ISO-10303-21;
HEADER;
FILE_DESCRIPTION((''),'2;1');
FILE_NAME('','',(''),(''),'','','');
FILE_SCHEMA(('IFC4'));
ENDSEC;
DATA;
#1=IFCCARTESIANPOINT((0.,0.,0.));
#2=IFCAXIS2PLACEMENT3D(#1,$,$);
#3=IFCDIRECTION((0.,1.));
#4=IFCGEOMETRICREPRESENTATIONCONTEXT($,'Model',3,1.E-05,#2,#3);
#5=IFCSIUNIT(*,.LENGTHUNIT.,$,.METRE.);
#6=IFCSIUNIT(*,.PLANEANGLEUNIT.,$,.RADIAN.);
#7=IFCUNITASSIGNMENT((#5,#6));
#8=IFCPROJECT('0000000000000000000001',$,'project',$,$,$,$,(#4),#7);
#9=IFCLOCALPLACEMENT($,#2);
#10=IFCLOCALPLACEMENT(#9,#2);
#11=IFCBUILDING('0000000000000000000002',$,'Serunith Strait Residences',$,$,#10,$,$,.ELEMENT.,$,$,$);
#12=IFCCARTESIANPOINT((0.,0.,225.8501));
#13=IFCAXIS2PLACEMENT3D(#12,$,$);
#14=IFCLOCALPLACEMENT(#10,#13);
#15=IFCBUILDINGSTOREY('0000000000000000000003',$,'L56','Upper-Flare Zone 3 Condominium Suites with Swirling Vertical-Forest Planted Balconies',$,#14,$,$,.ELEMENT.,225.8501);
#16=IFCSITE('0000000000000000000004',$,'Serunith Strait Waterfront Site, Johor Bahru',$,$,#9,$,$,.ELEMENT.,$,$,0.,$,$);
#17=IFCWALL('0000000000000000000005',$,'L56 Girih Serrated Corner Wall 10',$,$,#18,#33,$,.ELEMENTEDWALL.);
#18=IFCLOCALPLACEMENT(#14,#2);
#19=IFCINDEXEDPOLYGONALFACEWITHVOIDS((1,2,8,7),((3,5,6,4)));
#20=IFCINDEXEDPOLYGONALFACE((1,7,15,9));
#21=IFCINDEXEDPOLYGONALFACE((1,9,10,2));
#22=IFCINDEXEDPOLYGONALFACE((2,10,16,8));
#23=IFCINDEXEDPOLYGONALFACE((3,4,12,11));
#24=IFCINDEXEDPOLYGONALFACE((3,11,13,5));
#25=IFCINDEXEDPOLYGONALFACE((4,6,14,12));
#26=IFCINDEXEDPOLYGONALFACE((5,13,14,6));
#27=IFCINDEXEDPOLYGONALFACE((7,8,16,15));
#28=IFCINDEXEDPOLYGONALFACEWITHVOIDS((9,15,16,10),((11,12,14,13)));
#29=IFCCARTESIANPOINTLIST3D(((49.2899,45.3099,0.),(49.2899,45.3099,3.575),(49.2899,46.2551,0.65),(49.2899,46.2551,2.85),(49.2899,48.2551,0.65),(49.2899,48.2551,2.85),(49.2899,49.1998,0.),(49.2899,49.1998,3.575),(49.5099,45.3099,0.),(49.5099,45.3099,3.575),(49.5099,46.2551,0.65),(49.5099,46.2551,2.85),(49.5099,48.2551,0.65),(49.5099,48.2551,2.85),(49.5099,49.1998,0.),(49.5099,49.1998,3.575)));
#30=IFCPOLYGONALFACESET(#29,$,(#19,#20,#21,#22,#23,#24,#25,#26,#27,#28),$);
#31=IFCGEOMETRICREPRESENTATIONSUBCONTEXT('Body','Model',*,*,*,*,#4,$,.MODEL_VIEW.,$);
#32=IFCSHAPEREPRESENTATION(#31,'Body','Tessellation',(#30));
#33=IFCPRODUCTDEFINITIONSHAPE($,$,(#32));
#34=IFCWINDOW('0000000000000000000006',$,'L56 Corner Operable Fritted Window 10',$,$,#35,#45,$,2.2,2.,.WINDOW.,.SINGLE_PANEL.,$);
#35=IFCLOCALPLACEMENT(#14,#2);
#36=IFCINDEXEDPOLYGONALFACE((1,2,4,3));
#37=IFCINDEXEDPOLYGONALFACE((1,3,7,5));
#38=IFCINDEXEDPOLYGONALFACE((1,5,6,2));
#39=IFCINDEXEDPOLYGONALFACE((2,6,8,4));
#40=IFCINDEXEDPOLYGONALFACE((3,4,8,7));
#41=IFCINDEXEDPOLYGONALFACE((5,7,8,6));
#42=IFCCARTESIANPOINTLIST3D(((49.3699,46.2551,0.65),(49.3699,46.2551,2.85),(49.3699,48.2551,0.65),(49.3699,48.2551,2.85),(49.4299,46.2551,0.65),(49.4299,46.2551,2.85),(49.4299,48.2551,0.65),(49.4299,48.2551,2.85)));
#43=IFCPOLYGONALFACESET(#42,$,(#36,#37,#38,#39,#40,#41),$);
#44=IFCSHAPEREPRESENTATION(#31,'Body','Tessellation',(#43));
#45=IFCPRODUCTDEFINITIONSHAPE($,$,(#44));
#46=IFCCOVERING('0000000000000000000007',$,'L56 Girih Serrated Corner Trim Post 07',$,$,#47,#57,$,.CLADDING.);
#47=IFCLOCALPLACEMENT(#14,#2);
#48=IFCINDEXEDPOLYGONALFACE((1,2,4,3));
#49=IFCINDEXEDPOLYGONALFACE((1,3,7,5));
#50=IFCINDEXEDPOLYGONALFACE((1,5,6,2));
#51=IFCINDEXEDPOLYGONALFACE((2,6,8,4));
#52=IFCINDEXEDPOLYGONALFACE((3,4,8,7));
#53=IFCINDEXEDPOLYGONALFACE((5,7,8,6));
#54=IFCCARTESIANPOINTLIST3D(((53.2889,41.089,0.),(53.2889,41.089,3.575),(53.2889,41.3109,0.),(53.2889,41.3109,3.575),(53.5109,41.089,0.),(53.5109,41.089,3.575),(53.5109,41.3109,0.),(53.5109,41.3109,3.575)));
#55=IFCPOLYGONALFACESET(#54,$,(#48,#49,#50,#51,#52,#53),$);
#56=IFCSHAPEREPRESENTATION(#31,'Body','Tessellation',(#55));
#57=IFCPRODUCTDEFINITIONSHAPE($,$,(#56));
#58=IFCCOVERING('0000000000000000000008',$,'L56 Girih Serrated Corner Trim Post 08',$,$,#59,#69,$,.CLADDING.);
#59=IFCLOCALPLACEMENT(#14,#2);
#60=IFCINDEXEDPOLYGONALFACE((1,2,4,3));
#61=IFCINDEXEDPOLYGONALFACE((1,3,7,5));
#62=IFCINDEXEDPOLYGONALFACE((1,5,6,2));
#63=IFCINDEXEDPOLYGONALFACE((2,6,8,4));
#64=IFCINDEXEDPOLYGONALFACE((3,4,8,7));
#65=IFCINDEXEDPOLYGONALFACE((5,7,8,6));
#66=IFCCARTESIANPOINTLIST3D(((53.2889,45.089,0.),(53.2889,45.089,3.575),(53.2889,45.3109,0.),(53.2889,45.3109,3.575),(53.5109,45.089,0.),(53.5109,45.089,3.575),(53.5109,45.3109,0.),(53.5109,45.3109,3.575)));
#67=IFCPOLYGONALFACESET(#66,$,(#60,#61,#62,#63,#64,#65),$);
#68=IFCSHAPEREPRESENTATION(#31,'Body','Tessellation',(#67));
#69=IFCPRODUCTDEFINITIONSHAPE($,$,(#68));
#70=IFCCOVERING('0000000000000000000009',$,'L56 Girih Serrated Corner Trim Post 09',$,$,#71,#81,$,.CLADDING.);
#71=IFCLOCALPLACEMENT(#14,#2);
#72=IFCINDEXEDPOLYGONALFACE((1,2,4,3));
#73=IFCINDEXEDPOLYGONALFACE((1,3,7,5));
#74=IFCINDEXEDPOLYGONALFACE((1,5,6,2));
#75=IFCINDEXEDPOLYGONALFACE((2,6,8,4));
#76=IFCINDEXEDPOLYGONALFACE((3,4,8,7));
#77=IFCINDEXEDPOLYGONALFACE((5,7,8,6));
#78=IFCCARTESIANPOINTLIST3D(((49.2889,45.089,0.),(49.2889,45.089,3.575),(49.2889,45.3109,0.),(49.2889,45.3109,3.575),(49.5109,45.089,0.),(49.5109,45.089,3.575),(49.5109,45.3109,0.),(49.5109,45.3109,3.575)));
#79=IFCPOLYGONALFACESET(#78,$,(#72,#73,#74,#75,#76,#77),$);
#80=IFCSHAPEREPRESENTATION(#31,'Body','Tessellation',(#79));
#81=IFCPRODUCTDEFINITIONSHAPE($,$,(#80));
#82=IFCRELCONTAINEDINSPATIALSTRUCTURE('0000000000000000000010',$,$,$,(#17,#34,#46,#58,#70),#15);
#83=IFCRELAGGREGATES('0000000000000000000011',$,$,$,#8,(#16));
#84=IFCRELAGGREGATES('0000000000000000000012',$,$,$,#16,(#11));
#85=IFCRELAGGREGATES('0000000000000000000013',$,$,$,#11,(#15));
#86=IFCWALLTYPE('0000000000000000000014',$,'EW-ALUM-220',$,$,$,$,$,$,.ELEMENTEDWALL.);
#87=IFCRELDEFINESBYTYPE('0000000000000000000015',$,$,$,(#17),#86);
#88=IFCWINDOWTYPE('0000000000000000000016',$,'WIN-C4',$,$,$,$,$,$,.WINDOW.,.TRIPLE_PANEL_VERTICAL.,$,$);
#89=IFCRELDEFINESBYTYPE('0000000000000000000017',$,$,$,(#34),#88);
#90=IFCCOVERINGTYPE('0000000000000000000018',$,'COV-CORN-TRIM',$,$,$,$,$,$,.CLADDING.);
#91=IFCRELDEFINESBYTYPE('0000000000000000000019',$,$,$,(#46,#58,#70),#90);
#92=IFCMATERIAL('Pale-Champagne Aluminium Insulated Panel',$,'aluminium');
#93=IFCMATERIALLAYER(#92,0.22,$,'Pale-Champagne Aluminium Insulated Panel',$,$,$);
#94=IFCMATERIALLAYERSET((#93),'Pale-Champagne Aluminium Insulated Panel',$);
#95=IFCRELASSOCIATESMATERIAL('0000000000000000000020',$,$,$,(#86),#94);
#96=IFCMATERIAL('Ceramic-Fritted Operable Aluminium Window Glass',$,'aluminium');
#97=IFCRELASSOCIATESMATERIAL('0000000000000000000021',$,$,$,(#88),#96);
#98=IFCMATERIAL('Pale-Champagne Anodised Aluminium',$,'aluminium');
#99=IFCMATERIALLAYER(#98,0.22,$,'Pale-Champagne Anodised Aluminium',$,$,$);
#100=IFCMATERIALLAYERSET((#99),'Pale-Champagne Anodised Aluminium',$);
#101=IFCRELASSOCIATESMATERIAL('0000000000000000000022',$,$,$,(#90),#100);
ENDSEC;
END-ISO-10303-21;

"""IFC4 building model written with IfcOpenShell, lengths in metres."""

from ifc_helpers import new_model, si_unit, direction, frame, frame_2d, origin, origin_2d, place, context, subcontext, project, spatial, rectangle, extrude, source, transform, mapped, material, layer, layer_set, type_object, element, fill, save


model = new_model("IFC4")

# Units and contexts
model_context = context("Model", 3, precision=1e-05, world=origin(), true_north=direction((0.0, 1.0)))
body_context = subcontext(model_context, "Body", "Model", "MODEL_VIEW")
ifc_project = project(units=[si_unit("LENGTHUNIT", "METRE"), si_unit("PLANEANGLEUNIT", "RADIAN")], contexts=[model_context])

# Site, building, storey
site_placement = place(None, origin())
site = spatial("IfcSite", under=ifc_project, at=site_placement, Name="Serunith Strait Waterfront Site, Johor Bahru", CompositionType="ELEMENT", RefElevation=0.0)
building_placement = place(site_placement, origin())
building = spatial("IfcBuilding", under=site, at=building_placement, Name="Serunith Strait Residences", CompositionType="ELEMENT")
storey_placement = place(building_placement, frame((0.0, 0.0, 225.8501)))
storey = spatial("IfcBuildingStorey", under=building, at=storey_placement, Name="L56", Description="Upper-Flare Zone 3 Condominium Suites with Swirling Vertical-Forest Planted Balconies", CompositionType="ELEMENT", Elevation=225.8501)

# Shared definitions
ifc_material_1 = material(Name="Pale-Champagne Anodised Aluminium", Category="aluminium")

# Wall, opening, window
ifc_material_2 = material(Name="Pale-Champagne Aluminium Insulated Panel", Category="aluminium")
ifc_layer_1 = layer(ifc_material_2, 0.22, Name="Pale-Champagne Aluminium Insulated Panel")
ifc_layer_set_1 = layer_set([ifc_layer_1], Name="Pale-Champagne Aluminium Insulated Panel")
wall_type = type_object("IfcWallType", Name="EW-ALUM-220", PredefinedType="ELEMENTEDWALL", material=ifc_layer_set_1)
ifc_material_3 = material(Name="Ceramic-Fritted Operable Aluminium Window Glass", Category="aluminium")
window_type = type_object("IfcWindowType", Name="WIN-C4", PartitioningType="TRIPLE_PANEL_VERTICAL", PredefinedType="WINDOW", material=ifc_material_3)
shared_shape_1 = source(origin(), body_context, "Body", "SweptSolid", [
    extrude(rectangle(XDim=2.0, YDim=2.2, at=frame_2d((1.0, 1.1001))), frame((0.0, 0.03, 0.0), z_axis=(0.0, -1.0, 0.0), x_axis=(1.0, 0.0, 0.0)), (0.0, 0.0, 1.0), 0.0601),
])
wall_1_placement = place(storey_placement, frame((49.3999, 45.3101, 0.0), z_axis=(0.0, 0.0, 1.0), x_axis=(0.0, 1.0, 0.0)))
wall_1 = element("IfcWall", 1, at=wall_1_placement, inside=storey, type_object=wall_type, Name="L56 Girih Serrated Corner Wall 10", PredefinedType="ELEMENTEDWALL", context=body_context, shape_type="SweptSolid", body=[
    extrude(rectangle(XDim=3.8899, YDim=0.22, at=frame_2d((1.9448, 0.0))), origin(), (0.0, 0.0, 1.0), 3.575),
])
opening_1_placement = place(wall_1_placement, frame((0.9451, 0.0, 0.6499)))
opening_1 = element("IfcOpeningElement", 2, at=opening_1_placement, cuts=wall_1, PredefinedType="OPENING", context=body_context, shape_type="SweptSolid", body=[
    extrude(rectangle(XDim=2.0, YDim=2.2, at=frame_2d((1.0, 1.1001))), frame((0.0, 0.1201, 0.0), z_axis=(0.0, -1.0, 0.0), x_axis=(1.0, 0.0, 0.0)), (0.0, 0.0, 1.0), 0.24),
])
window_1_placement = place(opening_1_placement, origin())
window_1 = element("IfcWindow", 3, at=window_1_placement, inside=storey, type_object=window_type, Name="L56 Corner Operable Fritted Window 10", OverallHeight=2.2, OverallWidth=2.0, PartitioningType="SINGLE_PANEL", PredefinedType="WINDOW", context=body_context, shape_type="MappedRepresentation", body=[
    mapped(shared_shape_1, transform((0.0, 0.0, 0.0), scale=1.0)),
])
fill(opening_1, window_1)

# Coverings
ifc_layer_2 = layer(ifc_material_1, 0.22, Name="Pale-Champagne Anodised Aluminium")
ifc_layer_set_2 = layer_set([ifc_layer_2], Name="Pale-Champagne Anodised Aluminium")
covering_type = type_object("IfcCoveringType", Name="COV-CORN-TRIM", PredefinedType="CLADDING", material=ifc_layer_set_2)
shared_shape_2 = source(origin(), body_context, "Body", "SweptSolid", [
    extrude(rectangle(XDim=0.2219, YDim=0.2219, at=origin_2d()), origin(), (0.0, 0.0, 1.0), 3.575),
])
for number, where, z_axis, x_axis, name in (
    (4, (53.3999, 41.2, 0.0), (0.0, 0.0, 1.0), (1.0, 0.0, 0.0), "L56 Girih Serrated Corner Trim Post 07"),
    (5, (53.3999, 45.2, 0.0), (0.0, 0.0, 1.0), (1.0, 0.0, 0.0), "L56 Girih Serrated Corner Trim Post 08"),
    (6, (49.3999, 45.2, 0.0), (0.0, 0.0, 1.0), (1.0, 0.0, 0.0), "L56 Girih Serrated Corner Trim Post 09"),
):
    element("IfcCovering", number, at=place(storey_placement, frame(where, z_axis=z_axis, x_axis=x_axis)), inside=storey, type_object=covering_type, Name=name, PredefinedType="CLADDING", context=body_context, shape_type="MappedRepresentation", body=[
        mapped(shared_shape_2, transform((0.0, 0.0, 0.0), scale=1.0)),
    ])

save(model, "model.ifc")
